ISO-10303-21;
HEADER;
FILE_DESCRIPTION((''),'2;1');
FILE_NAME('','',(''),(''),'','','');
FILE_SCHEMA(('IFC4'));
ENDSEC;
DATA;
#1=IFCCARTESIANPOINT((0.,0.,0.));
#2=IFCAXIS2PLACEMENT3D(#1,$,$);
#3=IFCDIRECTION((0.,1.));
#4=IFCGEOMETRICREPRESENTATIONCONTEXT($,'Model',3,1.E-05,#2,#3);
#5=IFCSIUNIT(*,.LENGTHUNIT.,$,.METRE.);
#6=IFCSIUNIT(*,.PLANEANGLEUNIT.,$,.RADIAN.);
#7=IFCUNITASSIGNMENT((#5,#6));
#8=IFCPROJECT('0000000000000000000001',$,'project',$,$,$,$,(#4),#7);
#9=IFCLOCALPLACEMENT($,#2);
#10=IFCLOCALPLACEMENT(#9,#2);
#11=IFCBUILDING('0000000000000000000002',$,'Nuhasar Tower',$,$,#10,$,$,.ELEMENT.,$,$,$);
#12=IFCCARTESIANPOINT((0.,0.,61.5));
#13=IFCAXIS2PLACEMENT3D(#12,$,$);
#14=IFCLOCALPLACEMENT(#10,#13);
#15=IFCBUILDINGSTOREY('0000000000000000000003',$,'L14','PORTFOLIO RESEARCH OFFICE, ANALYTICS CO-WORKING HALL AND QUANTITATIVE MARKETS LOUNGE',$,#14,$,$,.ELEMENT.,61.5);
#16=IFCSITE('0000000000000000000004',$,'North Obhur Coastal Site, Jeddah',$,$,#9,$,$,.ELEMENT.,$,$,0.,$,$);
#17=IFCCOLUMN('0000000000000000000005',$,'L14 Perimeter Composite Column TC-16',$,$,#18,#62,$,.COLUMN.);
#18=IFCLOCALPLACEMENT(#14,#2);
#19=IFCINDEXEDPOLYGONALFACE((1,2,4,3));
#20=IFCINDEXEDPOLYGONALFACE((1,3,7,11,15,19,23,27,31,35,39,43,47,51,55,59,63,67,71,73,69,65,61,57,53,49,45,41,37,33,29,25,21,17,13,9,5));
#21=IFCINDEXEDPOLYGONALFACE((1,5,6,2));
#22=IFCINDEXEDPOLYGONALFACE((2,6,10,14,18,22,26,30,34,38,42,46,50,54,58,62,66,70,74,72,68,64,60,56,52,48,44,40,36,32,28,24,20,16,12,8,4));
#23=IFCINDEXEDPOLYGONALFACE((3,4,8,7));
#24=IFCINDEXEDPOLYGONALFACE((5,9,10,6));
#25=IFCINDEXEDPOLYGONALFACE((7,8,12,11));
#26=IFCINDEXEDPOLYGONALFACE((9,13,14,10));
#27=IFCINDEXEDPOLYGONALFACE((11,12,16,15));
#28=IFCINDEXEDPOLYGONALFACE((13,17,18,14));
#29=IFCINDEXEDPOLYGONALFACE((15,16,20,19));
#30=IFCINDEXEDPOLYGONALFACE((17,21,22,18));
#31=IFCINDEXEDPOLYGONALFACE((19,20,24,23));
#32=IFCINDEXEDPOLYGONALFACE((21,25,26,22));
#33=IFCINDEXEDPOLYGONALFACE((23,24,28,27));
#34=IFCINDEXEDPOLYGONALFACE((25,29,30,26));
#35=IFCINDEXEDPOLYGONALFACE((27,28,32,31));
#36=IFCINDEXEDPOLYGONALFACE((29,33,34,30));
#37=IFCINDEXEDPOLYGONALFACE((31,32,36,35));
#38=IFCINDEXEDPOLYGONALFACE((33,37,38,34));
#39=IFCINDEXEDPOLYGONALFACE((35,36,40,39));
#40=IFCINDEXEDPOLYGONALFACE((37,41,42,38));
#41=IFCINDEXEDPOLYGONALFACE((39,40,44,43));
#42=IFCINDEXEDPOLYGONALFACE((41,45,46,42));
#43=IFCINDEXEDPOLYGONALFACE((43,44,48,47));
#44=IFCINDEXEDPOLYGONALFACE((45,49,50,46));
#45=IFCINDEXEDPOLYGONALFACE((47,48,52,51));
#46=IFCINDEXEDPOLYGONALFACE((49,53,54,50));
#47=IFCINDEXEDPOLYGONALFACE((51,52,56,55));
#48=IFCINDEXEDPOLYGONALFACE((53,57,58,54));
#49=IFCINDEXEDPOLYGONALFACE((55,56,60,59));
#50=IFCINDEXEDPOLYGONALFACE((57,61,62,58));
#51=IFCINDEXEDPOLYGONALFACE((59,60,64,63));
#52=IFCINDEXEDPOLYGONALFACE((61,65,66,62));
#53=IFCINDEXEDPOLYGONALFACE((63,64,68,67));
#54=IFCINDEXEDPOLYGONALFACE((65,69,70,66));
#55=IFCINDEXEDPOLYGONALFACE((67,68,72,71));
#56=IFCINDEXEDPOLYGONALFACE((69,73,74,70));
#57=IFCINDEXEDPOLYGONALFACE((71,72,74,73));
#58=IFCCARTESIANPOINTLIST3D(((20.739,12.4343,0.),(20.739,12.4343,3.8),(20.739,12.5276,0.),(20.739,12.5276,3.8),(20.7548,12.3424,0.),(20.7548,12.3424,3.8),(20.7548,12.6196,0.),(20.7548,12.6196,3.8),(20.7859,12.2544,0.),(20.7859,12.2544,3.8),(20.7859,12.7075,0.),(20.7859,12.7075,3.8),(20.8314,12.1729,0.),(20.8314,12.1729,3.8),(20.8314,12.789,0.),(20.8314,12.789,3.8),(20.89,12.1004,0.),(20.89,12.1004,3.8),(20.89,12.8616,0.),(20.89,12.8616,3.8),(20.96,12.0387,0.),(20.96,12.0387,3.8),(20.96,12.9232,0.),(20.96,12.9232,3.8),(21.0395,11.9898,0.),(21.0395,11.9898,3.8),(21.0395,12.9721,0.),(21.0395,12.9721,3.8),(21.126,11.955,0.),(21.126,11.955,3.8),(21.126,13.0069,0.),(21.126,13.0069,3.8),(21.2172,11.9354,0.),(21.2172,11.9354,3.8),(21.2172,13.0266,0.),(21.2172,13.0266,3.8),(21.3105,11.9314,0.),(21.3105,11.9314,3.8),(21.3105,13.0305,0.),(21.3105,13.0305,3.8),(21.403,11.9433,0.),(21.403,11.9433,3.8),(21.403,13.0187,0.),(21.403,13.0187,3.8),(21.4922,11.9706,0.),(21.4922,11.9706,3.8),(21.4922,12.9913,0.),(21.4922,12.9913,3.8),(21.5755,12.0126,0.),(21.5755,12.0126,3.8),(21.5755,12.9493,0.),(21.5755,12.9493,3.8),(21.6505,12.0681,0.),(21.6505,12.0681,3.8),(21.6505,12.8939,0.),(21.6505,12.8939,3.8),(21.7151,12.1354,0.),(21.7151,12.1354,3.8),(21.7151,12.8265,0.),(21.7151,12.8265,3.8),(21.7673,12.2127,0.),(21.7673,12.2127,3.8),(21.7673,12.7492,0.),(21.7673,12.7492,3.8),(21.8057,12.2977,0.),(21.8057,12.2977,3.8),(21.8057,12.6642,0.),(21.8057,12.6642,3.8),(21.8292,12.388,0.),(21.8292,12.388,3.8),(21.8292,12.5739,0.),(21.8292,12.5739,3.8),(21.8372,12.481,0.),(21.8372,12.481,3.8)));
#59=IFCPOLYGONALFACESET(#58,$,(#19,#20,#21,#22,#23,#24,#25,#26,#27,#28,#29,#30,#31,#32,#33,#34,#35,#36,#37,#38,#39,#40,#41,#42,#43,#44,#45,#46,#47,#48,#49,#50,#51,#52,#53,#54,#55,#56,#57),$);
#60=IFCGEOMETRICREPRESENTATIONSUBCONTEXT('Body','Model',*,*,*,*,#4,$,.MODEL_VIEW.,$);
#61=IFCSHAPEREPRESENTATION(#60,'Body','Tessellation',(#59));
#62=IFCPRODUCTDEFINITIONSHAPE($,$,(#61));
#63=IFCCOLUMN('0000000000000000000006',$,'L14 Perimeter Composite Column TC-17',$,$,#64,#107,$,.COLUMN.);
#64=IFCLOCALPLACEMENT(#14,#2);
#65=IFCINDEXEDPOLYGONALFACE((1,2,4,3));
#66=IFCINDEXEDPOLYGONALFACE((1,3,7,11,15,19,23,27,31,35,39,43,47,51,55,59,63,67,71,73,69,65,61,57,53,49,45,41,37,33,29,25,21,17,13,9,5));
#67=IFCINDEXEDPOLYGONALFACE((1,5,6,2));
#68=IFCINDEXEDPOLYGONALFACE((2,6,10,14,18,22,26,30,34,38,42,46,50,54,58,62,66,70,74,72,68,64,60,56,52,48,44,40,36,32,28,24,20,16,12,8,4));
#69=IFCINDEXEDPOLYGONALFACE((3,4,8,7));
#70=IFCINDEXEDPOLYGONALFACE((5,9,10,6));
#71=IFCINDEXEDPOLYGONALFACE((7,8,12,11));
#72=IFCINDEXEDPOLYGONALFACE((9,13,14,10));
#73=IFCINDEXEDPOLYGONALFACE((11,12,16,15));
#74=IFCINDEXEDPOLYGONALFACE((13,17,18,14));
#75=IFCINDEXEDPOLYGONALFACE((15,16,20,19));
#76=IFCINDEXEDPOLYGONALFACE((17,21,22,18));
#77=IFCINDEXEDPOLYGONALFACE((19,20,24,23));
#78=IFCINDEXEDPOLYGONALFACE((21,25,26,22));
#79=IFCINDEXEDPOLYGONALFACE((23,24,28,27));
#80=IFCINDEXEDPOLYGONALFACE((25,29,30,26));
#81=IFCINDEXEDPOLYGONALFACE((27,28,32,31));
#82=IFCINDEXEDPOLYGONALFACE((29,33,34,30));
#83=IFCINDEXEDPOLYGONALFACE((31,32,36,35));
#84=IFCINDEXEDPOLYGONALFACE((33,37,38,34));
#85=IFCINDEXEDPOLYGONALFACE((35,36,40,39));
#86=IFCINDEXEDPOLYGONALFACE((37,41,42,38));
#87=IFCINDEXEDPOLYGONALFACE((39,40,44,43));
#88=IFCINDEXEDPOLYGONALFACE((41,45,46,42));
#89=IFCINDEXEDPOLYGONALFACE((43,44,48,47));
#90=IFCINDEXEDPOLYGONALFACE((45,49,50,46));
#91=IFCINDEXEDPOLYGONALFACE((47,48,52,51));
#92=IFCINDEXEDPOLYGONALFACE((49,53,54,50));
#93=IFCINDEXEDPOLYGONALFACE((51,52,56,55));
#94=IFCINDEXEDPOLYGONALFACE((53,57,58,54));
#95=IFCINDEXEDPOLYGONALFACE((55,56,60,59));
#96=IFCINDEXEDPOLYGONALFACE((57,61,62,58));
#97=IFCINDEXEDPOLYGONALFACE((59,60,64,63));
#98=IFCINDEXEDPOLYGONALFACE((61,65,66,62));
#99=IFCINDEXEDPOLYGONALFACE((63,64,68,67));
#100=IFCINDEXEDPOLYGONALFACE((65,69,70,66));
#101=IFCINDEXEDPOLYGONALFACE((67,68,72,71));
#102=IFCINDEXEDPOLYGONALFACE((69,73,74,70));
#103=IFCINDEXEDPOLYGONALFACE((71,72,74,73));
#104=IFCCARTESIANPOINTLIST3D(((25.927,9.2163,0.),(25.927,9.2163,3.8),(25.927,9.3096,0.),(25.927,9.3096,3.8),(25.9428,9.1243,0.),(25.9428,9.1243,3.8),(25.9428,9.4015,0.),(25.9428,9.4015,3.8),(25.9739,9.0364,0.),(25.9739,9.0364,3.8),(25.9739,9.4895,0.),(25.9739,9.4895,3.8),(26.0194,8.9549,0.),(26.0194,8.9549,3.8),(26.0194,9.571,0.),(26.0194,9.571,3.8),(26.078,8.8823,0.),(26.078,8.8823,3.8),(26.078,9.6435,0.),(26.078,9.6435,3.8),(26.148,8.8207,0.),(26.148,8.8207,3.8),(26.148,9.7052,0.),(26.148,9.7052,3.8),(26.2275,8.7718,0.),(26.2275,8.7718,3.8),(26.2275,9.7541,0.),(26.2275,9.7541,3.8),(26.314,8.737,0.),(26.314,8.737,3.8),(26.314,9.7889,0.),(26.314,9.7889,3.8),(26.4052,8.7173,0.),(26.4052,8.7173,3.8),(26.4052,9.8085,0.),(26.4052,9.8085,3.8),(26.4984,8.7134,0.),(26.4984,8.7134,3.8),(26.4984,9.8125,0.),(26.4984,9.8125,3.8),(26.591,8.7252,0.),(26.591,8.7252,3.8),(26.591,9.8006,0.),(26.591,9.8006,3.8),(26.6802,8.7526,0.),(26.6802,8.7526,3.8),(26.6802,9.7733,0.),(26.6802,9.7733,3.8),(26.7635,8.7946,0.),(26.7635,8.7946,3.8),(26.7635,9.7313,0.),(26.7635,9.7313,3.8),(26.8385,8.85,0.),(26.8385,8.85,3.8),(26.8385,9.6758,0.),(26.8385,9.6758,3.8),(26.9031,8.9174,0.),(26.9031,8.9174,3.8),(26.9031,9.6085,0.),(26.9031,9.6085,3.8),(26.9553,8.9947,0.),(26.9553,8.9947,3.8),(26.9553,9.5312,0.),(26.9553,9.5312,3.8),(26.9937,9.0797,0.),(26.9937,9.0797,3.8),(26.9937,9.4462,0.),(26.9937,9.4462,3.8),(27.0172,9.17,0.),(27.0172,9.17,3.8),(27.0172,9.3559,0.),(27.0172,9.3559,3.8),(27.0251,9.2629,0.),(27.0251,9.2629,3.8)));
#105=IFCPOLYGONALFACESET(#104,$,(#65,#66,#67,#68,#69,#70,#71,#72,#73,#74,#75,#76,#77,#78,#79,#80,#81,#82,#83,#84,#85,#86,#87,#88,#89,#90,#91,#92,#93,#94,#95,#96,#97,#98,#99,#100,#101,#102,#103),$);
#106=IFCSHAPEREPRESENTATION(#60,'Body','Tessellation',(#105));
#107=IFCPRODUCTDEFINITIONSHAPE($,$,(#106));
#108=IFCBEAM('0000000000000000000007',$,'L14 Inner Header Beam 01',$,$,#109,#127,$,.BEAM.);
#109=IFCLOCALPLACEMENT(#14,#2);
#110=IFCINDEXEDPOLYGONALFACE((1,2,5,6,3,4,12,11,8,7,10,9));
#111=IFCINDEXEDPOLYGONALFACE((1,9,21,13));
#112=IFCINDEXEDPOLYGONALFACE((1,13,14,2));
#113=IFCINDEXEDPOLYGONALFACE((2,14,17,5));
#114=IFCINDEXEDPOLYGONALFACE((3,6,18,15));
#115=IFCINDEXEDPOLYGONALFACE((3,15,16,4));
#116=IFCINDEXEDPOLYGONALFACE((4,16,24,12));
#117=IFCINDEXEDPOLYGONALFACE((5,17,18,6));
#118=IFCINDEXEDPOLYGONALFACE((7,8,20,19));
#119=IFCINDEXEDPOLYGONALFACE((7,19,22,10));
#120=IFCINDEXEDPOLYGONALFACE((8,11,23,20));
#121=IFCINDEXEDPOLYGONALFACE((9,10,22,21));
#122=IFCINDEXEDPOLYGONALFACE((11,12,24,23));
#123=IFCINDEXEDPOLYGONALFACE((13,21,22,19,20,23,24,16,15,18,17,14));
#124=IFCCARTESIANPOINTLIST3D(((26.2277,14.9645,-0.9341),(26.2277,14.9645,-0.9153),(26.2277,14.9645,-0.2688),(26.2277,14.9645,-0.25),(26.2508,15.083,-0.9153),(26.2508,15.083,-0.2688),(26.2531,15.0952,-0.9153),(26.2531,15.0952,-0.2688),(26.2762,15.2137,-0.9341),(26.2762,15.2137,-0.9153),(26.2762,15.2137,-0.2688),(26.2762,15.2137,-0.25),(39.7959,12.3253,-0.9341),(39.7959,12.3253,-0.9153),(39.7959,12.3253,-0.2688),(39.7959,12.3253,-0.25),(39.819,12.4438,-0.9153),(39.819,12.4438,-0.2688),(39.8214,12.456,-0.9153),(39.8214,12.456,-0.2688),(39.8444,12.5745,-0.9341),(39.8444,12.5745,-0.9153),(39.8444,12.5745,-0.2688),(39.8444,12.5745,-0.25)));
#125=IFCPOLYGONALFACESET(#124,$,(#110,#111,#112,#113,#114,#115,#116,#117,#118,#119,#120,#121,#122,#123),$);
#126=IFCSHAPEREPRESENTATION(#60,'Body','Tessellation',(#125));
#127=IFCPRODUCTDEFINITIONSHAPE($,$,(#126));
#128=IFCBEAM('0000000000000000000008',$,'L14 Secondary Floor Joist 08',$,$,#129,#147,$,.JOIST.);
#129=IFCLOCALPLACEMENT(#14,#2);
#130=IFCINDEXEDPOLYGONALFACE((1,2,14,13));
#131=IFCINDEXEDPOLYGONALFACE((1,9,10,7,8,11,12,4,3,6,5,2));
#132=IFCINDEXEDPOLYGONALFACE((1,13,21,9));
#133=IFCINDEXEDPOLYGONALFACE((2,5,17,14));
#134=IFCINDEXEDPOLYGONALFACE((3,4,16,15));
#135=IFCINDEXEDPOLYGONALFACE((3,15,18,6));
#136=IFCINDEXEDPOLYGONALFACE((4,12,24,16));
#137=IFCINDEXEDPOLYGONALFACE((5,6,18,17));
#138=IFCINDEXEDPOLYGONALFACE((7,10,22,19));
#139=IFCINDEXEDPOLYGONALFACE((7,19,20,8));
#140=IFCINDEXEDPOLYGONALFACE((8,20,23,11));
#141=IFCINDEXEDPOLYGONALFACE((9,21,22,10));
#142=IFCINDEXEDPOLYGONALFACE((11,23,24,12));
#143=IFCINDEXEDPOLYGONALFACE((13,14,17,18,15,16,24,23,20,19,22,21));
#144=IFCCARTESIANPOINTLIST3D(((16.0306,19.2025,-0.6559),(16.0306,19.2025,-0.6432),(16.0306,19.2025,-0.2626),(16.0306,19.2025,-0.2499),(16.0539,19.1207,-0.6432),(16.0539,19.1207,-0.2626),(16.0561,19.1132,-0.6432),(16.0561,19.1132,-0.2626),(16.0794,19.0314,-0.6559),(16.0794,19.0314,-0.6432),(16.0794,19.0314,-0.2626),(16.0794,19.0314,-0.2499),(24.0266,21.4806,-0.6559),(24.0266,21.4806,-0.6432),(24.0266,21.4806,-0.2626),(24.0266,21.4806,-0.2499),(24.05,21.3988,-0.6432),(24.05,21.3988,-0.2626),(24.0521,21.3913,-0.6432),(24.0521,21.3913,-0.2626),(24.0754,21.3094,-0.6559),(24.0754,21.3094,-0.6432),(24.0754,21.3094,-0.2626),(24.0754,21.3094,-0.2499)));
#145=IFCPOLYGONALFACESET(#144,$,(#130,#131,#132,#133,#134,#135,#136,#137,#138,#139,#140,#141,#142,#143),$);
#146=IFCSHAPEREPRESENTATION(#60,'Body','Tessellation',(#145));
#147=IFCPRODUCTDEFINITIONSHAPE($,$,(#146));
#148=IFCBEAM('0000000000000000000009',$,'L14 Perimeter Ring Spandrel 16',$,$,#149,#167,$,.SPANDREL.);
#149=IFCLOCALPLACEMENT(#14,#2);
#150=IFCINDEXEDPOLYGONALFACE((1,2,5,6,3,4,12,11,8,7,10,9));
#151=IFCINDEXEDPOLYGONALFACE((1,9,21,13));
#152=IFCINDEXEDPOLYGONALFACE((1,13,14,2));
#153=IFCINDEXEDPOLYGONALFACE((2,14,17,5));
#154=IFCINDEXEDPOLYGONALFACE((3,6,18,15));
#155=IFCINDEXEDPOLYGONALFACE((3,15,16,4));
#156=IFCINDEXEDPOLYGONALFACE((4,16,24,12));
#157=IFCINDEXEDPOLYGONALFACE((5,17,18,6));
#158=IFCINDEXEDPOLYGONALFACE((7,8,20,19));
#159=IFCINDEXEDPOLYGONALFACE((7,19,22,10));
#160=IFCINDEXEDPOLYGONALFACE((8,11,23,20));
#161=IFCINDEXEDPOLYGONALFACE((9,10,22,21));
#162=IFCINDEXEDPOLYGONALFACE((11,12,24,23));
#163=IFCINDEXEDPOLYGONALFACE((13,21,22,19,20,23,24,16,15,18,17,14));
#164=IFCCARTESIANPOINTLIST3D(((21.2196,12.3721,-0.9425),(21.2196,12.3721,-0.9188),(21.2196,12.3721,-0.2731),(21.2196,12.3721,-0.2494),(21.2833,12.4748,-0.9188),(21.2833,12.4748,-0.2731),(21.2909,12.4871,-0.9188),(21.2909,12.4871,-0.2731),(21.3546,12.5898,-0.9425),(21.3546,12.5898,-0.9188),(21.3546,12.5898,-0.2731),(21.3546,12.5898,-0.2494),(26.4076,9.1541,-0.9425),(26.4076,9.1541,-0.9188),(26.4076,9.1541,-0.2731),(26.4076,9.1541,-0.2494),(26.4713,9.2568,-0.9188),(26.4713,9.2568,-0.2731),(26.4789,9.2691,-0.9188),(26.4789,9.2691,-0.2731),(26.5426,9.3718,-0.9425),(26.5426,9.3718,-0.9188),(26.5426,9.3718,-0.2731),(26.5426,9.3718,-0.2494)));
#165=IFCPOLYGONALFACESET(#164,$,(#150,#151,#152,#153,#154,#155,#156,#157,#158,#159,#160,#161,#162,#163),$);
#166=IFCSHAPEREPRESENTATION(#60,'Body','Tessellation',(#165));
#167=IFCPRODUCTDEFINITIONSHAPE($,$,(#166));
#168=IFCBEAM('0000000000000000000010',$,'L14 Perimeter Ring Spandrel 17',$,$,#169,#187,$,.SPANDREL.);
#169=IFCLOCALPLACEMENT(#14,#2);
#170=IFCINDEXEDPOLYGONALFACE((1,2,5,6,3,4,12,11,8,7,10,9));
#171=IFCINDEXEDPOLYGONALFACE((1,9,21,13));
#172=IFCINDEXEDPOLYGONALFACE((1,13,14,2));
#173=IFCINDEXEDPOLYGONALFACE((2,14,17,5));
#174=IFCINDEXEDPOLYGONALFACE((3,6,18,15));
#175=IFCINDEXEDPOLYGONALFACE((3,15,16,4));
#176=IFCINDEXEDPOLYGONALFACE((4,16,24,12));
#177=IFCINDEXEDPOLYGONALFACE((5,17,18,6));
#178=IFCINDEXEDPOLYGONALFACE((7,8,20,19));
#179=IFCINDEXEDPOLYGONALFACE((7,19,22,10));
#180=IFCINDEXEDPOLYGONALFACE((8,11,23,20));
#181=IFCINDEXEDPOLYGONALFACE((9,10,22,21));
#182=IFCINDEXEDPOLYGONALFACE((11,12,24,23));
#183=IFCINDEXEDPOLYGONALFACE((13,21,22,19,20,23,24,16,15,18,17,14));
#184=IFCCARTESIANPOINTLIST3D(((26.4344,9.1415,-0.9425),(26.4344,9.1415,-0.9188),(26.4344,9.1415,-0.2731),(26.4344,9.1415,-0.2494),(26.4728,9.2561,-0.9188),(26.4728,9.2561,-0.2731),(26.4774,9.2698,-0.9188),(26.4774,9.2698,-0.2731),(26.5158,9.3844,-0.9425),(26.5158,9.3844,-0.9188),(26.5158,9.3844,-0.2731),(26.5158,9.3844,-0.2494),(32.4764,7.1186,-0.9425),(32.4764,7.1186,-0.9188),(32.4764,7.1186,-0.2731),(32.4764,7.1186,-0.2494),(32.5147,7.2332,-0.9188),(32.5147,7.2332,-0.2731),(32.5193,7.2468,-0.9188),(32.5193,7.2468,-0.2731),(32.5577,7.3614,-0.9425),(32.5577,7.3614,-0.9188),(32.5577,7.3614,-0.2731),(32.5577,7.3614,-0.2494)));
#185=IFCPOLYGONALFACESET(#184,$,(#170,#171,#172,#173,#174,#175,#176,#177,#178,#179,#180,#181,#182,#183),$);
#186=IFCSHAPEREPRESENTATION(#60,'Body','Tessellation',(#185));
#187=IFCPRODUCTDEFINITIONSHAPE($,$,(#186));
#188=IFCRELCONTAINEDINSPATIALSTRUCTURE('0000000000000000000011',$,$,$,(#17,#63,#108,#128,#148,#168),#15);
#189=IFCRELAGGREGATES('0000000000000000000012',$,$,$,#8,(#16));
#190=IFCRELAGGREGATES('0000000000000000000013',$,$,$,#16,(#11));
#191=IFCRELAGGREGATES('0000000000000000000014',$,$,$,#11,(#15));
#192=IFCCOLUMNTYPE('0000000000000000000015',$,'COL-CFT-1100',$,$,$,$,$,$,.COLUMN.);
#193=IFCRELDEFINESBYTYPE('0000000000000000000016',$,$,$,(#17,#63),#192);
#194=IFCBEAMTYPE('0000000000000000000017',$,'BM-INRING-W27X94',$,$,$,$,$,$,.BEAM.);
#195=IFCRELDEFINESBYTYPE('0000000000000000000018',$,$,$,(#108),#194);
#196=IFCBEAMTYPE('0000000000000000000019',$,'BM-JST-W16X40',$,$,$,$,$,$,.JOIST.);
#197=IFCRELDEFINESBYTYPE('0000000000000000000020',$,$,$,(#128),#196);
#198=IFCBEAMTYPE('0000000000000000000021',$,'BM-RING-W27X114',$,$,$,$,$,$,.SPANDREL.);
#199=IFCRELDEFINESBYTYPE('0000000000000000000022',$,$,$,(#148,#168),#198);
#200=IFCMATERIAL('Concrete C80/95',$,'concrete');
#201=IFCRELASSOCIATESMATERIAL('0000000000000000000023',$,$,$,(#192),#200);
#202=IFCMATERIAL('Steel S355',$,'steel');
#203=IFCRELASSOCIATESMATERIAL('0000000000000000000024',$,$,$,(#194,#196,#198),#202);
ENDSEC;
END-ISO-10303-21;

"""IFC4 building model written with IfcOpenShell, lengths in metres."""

from ifc_helpers import new_model, si_unit, direction, frame, origin, origin_2d, place, context, subcontext, project, spatial, circle, i_section, extrude, material, material_profile, profile_set, type_object, element, save


model = new_model("IFC4")

# Units and contexts
model_context = context("Model", 3, precision=1e-05, world=origin(), true_north=direction((0.0, 1.0)))
body_context = subcontext(model_context, "Body", "Model", "MODEL_VIEW")
ifc_project = project(units=[si_unit("LENGTHUNIT", "METRE"), si_unit("PLANEANGLEUNIT", "RADIAN")], contexts=[model_context])

# Site, building, storey
site_placement = place(None, origin())
site = spatial("IfcSite", under=ifc_project, at=site_placement, Name="North Obhur Coastal Site, Jeddah", CompositionType="ELEMENT", RefElevation=0.0)
building_placement = place(site_placement, origin())
building = spatial("IfcBuilding", under=site, at=building_placement, Name="Nuhasar Tower", CompositionType="ELEMENT")
storey_placement = place(building_placement, frame((0.0, 0.0, 61.5)))
storey = spatial("IfcBuildingStorey", under=building, at=storey_placement, Name="L14", Description="PORTFOLIO RESEARCH OFFICE, ANALYTICS CO-WORKING HALL AND QUANTITATIVE MARKETS LOUNGE", CompositionType="ELEMENT", Elevation=61.5)

# Columns
ifc_material_1 = material(Name="Concrete C80/95", Category="concrete")
ifc_material_profile_1 = material_profile(ifc_material_1, circle(Radius=0.55, at=origin_2d()), Name="CFT1100")
ifc_profile_set_1 = profile_set([ifc_material_profile_1], Name="Concrete C80/95")
column_type = type_object("IfcColumnType", Name="COL-CFT-1100", PredefinedType="COLUMN", material=ifc_profile_set_1)
for number, where, z_axis, x_axis, name in (
    (1, (21.2871, 12.481, 0.0), (0.0, 0.0, 1.0), (1.0, 0.0, 0.0), "L14 Perimeter Composite Column TC-16"),
    (2, (26.4751, 9.2629, 0.0), (0.0, 0.0, 1.0), (1.0, 0.0, 0.0), "L14 Perimeter Composite Column TC-17"),
):
    element("IfcColumn", number, at=place(storey_placement, frame(where, z_axis=z_axis, x_axis=x_axis)), inside=storey, type_object=column_type, Name=name, PredefinedType="COLUMN", context=body_context, shape_type="SweptSolid", body=[
        extrude(circle(Radius=0.55, at=origin_2d()), origin(), (0.0, 0.0, 1.0), 3.8),
    ])

# Beams
ifc_material_2 = material(Name="Steel S355", Category="steel")
ifc_material_profile_2 = material_profile(ifc_material_2, i_section(OverallWidth=0.2539, OverallDepth=0.6841, WebThickness=0.0125, FlangeThickness=0.0188, at=origin_2d()), Name="W27X94")
ifc_profile_set_2 = profile_set([ifc_material_profile_2], Name="Steel S355")
beam_type_1 = type_object("IfcBeamType", Name="BM-INRING-W27X94", PredefinedType="BEAM", material=ifc_profile_set_2)
beam_1_placement = place(storey_placement, frame((26.252, 15.0891, -0.592), z_axis=(0.981603, -0.190933, 0.0), x_axis=(0.190933, 0.981603, 0.0)))
element("IfcBeam", 3, at=beam_1_placement, inside=storey, type_object=beam_type_1, Name="L14 Inner Header Beam 01", PredefinedType="BEAM", context=body_context, shape_type="SweptSolid", body=[
    extrude(i_section(OverallWidth=0.2539, OverallDepth=0.6841, WebThickness=0.0125, FlangeThickness=0.0188, at=origin_2d()), origin(), (0.0, 0.0, 1.0), 13.8225),
])
ifc_material_profile_3 = material_profile(ifc_material_2, i_section(OverallWidth=0.178, OverallDepth=0.406, WebThickness=0.0078, FlangeThickness=0.0127, at=origin_2d()), Name="W16X40")
ifc_profile_set_3 = profile_set([ifc_material_profile_3], Name="Steel S355")
beam_type_2 = type_object("IfcBeamType", Name="BM-JST-W16X40", PredefinedType="JOIST", material=ifc_profile_set_3)
beam_2_placement = place(storey_placement, frame((24.051, 21.395, -0.4529), z_axis=(-0.961731, -0.273996, 0.0), x_axis=(0.273996, -0.961731, 0.0)))
element("IfcBeam", 4, at=beam_2_placement, inside=storey, type_object=beam_type_2, Name="L14 Secondary Floor Joist 08", PredefinedType="JOIST", context=body_context, shape_type="SweptSolid", body=[
    extrude(i_section(OverallWidth=0.178, OverallDepth=0.406, WebThickness=0.0078, FlangeThickness=0.0127, at=origin_2d()), origin(), (0.0, 0.0, 1.0), 8.3142),
])
ifc_material_profile_4 = material_profile(ifc_material_2, i_section(OverallWidth=0.2561, OverallDepth=0.6931, WebThickness=0.0144, FlangeThickness=0.0237, at=origin_2d()), Name="W27X114")
ifc_profile_set_4 = profile_set([ifc_material_profile_4], Name="Steel S355")
beam_type_3 = type_object("IfcBeamType", Name="BM-RING-W27X114", PredefinedType="SPANDREL", material=ifc_profile_set_4)
beam_3_placement = place(storey_placement, frame((21.2871, 12.481, -0.5959), z_axis=(0.849795, -0.527113, 0.0), x_axis=(0.527113, 0.849795, 0.0)))
element("IfcBeam", 5, at=beam_3_placement, inside=storey, type_object=beam_type_3, Name="L14 Perimeter Ring Spandrel 16", PredefinedType="SPANDREL", context=body_context, shape_type="SweptSolid", body=[
    extrude(i_section(OverallWidth=0.2561, OverallDepth=0.6931, WebThickness=0.0144, FlangeThickness=0.0237, at=origin_2d()), origin(), (0.0, 0.0, 1.0), 6.105),
])
beam_4_placement = place(storey_placement, frame((26.4751, 9.2629, -0.5959), z_axis=(0.948261, -0.317492, 0.0), x_axis=(0.317492, 0.948261, 0.0)))
element("IfcBeam", 6, at=beam_4_placement, inside=storey, type_object=beam_type_3, Name="L14 Perimeter Ring Spandrel 17", PredefinedType="SPANDREL", context=body_context, shape_type="SweptSolid", body=[
    extrude(i_section(OverallWidth=0.2561, OverallDepth=0.6931, WebThickness=0.0144, FlangeThickness=0.0237, at=origin_2d()), origin(), (0.0, 0.0, 1.0), 6.3716),
])

save(model, "model.ifc")
